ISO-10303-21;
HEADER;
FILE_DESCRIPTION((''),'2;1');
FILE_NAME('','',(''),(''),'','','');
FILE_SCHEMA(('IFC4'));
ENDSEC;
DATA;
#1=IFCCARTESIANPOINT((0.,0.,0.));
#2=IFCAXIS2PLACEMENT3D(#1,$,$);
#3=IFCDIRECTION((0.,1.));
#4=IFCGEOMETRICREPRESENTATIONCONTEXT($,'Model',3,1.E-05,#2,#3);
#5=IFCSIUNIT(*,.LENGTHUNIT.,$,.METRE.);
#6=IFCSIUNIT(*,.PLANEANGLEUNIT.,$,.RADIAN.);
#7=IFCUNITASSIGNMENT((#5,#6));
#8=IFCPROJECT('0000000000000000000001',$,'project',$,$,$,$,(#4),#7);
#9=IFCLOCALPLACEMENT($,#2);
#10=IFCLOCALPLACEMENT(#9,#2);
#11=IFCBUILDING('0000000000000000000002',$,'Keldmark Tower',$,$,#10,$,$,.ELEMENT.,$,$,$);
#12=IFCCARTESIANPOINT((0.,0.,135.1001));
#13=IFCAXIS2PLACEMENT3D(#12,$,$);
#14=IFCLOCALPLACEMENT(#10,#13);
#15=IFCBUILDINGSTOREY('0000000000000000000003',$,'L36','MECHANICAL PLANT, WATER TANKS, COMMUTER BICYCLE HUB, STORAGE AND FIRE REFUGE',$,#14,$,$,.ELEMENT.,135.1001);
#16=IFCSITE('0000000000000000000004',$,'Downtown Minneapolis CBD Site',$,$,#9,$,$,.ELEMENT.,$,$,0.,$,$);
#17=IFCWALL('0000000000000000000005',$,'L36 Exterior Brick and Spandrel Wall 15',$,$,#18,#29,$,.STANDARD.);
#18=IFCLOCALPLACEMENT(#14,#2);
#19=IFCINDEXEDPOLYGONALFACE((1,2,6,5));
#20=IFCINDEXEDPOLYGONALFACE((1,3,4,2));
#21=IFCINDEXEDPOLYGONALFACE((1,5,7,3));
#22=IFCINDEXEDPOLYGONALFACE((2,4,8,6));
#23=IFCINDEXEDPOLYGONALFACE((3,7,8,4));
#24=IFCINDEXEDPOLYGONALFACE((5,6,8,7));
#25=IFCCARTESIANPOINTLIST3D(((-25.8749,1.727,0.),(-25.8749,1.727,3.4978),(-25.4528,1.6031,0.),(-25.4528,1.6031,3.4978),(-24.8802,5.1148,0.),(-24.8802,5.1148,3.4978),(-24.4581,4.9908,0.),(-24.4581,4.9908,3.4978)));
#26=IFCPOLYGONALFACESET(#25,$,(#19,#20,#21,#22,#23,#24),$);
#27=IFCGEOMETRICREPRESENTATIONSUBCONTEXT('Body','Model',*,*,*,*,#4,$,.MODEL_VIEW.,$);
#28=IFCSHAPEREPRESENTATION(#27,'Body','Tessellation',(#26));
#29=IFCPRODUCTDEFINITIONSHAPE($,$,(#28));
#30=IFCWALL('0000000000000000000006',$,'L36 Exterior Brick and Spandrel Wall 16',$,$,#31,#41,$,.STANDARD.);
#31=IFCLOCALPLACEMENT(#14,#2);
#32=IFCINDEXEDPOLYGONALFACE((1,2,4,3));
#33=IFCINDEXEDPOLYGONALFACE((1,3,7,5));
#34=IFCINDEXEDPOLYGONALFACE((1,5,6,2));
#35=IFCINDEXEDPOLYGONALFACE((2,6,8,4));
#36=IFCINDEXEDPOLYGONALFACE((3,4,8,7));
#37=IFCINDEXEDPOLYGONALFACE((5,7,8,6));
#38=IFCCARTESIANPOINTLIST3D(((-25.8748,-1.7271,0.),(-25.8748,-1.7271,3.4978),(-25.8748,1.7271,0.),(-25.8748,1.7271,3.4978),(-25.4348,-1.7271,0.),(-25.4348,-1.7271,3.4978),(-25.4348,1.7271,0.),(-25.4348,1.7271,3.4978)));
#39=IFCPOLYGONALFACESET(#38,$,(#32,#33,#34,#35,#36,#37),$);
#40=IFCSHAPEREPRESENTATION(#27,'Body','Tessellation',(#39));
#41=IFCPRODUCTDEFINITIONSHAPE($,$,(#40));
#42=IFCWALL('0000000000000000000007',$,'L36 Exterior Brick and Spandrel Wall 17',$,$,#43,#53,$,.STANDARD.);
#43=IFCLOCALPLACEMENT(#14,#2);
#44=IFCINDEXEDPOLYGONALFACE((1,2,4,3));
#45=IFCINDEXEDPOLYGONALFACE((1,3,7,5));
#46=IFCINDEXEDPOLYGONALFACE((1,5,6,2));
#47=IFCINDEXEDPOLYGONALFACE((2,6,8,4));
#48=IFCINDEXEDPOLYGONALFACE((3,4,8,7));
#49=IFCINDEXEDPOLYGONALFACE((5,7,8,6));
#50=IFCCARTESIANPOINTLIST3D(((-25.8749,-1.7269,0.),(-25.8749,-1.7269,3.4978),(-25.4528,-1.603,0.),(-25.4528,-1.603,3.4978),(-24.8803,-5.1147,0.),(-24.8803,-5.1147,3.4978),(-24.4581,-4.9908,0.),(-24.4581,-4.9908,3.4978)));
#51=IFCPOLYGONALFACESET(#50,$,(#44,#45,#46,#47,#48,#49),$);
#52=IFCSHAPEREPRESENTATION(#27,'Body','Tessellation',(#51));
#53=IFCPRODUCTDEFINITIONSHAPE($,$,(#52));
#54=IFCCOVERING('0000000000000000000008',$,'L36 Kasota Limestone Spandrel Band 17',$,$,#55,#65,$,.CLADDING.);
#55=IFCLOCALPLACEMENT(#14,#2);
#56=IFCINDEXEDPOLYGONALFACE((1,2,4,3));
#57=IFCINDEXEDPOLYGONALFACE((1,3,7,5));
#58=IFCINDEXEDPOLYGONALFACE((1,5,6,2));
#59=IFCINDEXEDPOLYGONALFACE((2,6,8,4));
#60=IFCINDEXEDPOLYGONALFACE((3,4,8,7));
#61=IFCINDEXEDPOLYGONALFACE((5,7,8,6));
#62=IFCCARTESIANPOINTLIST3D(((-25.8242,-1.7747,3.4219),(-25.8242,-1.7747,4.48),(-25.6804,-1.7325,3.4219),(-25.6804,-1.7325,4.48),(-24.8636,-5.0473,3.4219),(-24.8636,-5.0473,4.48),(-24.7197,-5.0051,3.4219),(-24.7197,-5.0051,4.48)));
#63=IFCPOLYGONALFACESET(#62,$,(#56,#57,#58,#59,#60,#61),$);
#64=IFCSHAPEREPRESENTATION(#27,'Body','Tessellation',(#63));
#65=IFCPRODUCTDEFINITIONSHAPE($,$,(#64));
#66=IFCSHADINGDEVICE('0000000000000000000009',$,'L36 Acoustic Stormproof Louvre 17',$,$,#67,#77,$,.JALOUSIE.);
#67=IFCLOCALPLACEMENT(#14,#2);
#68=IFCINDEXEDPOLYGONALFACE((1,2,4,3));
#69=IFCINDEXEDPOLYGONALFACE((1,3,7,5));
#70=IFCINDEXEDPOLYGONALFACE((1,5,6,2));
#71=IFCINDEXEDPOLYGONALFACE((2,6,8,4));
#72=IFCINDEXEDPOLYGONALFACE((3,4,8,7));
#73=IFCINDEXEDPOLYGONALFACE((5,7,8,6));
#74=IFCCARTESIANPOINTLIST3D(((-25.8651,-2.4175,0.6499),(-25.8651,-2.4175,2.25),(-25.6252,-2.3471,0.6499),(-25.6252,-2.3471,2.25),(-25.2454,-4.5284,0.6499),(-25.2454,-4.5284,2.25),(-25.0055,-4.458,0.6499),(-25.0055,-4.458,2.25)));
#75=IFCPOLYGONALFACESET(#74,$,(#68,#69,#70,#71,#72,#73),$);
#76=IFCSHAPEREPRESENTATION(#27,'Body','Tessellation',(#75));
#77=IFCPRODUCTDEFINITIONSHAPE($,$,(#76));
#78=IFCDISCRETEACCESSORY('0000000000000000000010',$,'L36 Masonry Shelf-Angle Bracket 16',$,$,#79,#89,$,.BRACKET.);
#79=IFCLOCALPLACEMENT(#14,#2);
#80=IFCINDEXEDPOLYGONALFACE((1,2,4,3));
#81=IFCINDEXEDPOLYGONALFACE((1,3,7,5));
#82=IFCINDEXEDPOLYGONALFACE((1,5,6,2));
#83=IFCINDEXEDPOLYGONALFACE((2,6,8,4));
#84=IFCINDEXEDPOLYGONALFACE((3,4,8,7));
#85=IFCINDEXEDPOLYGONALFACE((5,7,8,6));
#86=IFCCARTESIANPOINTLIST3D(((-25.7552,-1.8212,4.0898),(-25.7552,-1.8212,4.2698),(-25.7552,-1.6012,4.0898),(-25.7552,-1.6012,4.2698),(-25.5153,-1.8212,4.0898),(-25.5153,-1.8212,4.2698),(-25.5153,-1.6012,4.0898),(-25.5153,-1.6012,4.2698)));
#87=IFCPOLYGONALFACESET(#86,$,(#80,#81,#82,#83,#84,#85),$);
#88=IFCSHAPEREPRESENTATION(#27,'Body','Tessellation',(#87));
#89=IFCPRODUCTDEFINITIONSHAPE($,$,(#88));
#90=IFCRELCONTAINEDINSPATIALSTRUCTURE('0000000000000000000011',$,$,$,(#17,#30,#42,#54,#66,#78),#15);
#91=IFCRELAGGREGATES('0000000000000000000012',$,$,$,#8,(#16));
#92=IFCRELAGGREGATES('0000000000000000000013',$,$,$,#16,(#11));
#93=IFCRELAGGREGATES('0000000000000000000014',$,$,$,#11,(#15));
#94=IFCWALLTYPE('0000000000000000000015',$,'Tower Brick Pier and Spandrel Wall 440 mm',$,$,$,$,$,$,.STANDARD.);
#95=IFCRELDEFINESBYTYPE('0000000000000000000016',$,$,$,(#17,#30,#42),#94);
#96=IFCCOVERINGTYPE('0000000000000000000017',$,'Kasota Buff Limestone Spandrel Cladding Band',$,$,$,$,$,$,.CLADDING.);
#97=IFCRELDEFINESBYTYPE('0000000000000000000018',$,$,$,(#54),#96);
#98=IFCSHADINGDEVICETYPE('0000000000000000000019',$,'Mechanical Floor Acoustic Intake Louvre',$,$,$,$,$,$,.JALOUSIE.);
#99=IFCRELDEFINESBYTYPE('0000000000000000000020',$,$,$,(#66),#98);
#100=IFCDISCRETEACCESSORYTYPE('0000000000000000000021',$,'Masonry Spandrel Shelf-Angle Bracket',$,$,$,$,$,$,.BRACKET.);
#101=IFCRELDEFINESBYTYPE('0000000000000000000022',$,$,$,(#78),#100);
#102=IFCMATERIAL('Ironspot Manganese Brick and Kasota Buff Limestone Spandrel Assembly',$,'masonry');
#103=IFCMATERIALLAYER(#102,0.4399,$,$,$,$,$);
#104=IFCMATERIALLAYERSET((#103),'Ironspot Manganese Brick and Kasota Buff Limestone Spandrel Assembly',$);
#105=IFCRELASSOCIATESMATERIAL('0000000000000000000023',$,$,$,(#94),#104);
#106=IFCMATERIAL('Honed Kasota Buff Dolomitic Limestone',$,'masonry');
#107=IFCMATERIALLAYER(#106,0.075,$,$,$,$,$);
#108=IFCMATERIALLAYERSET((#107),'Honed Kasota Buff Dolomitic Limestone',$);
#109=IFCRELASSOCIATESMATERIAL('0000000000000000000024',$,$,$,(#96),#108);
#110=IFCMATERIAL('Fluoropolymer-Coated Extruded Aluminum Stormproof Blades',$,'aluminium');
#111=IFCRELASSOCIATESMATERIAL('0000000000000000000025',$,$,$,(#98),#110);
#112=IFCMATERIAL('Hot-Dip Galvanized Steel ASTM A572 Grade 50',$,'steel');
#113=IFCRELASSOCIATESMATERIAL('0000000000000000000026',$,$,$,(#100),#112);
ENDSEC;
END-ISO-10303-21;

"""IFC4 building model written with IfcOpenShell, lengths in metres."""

from ifc_helpers import new_model, si_unit, direction, frame, frame_2d, origin, origin_2d, place, context, subcontext, project, spatial, rectangle, extrude, material, layer, layer_set, type_object, element, save


model = new_model("IFC4")

# Units and contexts
model_context = context("Model", 3, precision=1e-05, world=origin(), true_north=direction((0.0, 1.0)))
body_context = subcontext(model_context, "Body", "Model", "MODEL_VIEW")
ifc_project = project(units=[si_unit("LENGTHUNIT", "METRE"), si_unit("PLANEANGLEUNIT", "RADIAN")], contexts=[model_context])

# Site, building, storey
site_placement = place(None, origin())
site = spatial("IfcSite", under=ifc_project, at=site_placement, Name="Downtown Minneapolis CBD Site", CompositionType="ELEMENT", RefElevation=0.0)
building_placement = place(site_placement, origin())
building = spatial("IfcBuilding", under=site, at=building_placement, Name="Keldmark Tower", CompositionType="ELEMENT")
storey_placement = place(building_placement, frame((0.0, 0.0, 135.1001)))
storey = spatial("IfcBuildingStorey", under=building, at=storey_placement, Name="L36", Description="MECHANICAL PLANT, WATER TANKS, COMMUTER BICYCLE HUB, STORAGE AND FIRE REFUGE", CompositionType="ELEMENT", Elevation=135.1001)

# Walls
ifc_material_1 = material(Name="Ironspot Manganese Brick and Kasota Buff Limestone Spandrel Assembly", Category="masonry")
ifc_layer_1 = layer(ifc_material_1, 0.4399)
ifc_layer_set_1 = layer_set([ifc_layer_1], Name="Ironspot Manganese Brick and Kasota Buff Limestone Spandrel Assembly")
wall_type_1 = type_object("IfcWallType", Name="Tower Brick Pier and Spandrel Wall 440 mm", PredefinedType="STANDARD", material=ifc_layer_set_1)
wall_1_placement = place(storey_placement, frame((-25.6638, 1.665, 0.0), z_axis=(0.0, 0.0, 1.0), x_axis=(0.28171, 0.9595, 0.0)))
element("IfcWall", 1, at=wall_1_placement, inside=storey, type_object=wall_type_1, Name="L36 Exterior Brick and Spandrel Wall 15", PredefinedType="STANDARD", context=body_context, shape_type="SweptSolid", body=[
    extrude(rectangle(XDim=3.5308, YDim=0.4399, at=frame_2d((1.7654, 0.0))), origin(), (0.0, 0.0, 1.0), 3.4978),
])
wall_2_placement = place(storey_placement, frame((-25.6548, -1.7271, 0.0), z_axis=(0.0, 0.0, 1.0), x_axis=(0.0, 1.0, 0.0)))
element("IfcWall", 2, at=wall_2_placement, inside=storey, type_object=wall_type_1, Name="L36 Exterior Brick and Spandrel Wall 16", PredefinedType="STANDARD", context=body_context, shape_type="SweptSolid", body=[
    extrude(rectangle(XDim=3.4541, YDim=0.4399, at=frame_2d((1.7271, 0.0))), origin(), (0.0, 0.0, 1.0), 3.4978),
])
wall_3_placement = place(storey_placement, frame((-24.6692, -5.0527, 0.0), z_axis=(0.0, 0.0, 1.0), x_axis=(-0.28171, 0.9595, 0.0)))
element("IfcWall", 3, at=wall_3_placement, inside=storey, type_object=wall_type_1, Name="L36 Exterior Brick and Spandrel Wall 17", PredefinedType="STANDARD", context=body_context, shape_type="SweptSolid", body=[
    extrude(rectangle(XDim=3.5308, YDim=0.4399, at=frame_2d((1.7654, 0.0))), origin(), (0.0, 0.0, 1.0), 3.4978),
])

# Covering
ifc_material_2 = material(Name="Honed Kasota Buff Dolomitic Limestone", Category="masonry")
ifc_layer_2 = layer(ifc_material_2, 0.075)
ifc_layer_set_2 = layer_set([ifc_layer_2], Name="Honed Kasota Buff Dolomitic Limestone")
covering_type = type_object("IfcCoveringType", Name="Kasota Buff Limestone Spandrel Cladding Band", PredefinedType="CLADDING", material=ifc_layer_set_2)
covering_placement = place(storey_placement, frame((-25.272, -3.3899, 3.4219), z_axis=(0.0, 0.0, 1.0), x_axis=(0.281655, -0.959516, 0.0)))
element("IfcCovering", 4, at=covering_placement, inside=storey, type_object=covering_type, Name="L36 Kasota Limestone Spandrel Band 17", PredefinedType="CLADDING", context=body_context, shape_type="SweptSolid", body=[
    extrude(rectangle(XDim=3.4106, YDim=0.1499, at=origin_2d()), origin(), (0.0, 0.0, 1.0), 1.0581),
])

# Shading device
ifc_material_3 = material(Name="Fluoropolymer-Coated Extruded Aluminum Stormproof Blades", Category="aluminium")
shading_device_type = type_object("IfcShadingDeviceType", Name="Mechanical Floor Acoustic Intake Louvre", PredefinedType="JALOUSIE", material=ifc_material_3)
shading_device_placement = place(storey_placement, frame((-25.4353, -3.4377, 0.6499), z_axis=(0.0, 0.0, 1.0), x_axis=(0.281655, -0.959516, 0.0)))
element("IfcShadingDevice", 5, at=shading_device_placement, inside=storey, type_object=shading_device_type, Name="L36 Acoustic Stormproof Louvre 17", PredefinedType="JALOUSIE", context=body_context, shape_type="SweptSolid", body=[
    extrude(rectangle(XDim=2.2, YDim=0.25, at=origin_2d()), origin(), (0.0, 0.0, 1.0), 1.6001),
])

# Discrete accessory
ifc_material_4 = material(Name="Hot-Dip Galvanized Steel ASTM A572 Grade 50", Category="steel")
discrete_accessory_type = type_object("IfcDiscreteAccessoryType", Name="Masonry Spandrel Shelf-Angle Bracket", PredefinedType="BRACKET", material=ifc_material_4)
discrete_accessory_placement = place(storey_placement, frame((-25.6353, -1.7112, 4.0898), z_axis=(0.0, 0.0, 1.0), x_axis=(1.0, 0.0, 0.0)))
element("IfcDiscreteAccessory", 6, at=discrete_accessory_placement, inside=storey, type_object=discrete_accessory_type, Name="L36 Masonry Shelf-Angle Bracket 16", PredefinedType="BRACKET", context=body_context, shape_type="SweptSolid", body=[
    extrude(rectangle(XDim=0.24, YDim=0.22, at=origin_2d()), origin(), (0.0, 0.0, 1.0), 0.1799),
])

save(model, "model.ifc")
